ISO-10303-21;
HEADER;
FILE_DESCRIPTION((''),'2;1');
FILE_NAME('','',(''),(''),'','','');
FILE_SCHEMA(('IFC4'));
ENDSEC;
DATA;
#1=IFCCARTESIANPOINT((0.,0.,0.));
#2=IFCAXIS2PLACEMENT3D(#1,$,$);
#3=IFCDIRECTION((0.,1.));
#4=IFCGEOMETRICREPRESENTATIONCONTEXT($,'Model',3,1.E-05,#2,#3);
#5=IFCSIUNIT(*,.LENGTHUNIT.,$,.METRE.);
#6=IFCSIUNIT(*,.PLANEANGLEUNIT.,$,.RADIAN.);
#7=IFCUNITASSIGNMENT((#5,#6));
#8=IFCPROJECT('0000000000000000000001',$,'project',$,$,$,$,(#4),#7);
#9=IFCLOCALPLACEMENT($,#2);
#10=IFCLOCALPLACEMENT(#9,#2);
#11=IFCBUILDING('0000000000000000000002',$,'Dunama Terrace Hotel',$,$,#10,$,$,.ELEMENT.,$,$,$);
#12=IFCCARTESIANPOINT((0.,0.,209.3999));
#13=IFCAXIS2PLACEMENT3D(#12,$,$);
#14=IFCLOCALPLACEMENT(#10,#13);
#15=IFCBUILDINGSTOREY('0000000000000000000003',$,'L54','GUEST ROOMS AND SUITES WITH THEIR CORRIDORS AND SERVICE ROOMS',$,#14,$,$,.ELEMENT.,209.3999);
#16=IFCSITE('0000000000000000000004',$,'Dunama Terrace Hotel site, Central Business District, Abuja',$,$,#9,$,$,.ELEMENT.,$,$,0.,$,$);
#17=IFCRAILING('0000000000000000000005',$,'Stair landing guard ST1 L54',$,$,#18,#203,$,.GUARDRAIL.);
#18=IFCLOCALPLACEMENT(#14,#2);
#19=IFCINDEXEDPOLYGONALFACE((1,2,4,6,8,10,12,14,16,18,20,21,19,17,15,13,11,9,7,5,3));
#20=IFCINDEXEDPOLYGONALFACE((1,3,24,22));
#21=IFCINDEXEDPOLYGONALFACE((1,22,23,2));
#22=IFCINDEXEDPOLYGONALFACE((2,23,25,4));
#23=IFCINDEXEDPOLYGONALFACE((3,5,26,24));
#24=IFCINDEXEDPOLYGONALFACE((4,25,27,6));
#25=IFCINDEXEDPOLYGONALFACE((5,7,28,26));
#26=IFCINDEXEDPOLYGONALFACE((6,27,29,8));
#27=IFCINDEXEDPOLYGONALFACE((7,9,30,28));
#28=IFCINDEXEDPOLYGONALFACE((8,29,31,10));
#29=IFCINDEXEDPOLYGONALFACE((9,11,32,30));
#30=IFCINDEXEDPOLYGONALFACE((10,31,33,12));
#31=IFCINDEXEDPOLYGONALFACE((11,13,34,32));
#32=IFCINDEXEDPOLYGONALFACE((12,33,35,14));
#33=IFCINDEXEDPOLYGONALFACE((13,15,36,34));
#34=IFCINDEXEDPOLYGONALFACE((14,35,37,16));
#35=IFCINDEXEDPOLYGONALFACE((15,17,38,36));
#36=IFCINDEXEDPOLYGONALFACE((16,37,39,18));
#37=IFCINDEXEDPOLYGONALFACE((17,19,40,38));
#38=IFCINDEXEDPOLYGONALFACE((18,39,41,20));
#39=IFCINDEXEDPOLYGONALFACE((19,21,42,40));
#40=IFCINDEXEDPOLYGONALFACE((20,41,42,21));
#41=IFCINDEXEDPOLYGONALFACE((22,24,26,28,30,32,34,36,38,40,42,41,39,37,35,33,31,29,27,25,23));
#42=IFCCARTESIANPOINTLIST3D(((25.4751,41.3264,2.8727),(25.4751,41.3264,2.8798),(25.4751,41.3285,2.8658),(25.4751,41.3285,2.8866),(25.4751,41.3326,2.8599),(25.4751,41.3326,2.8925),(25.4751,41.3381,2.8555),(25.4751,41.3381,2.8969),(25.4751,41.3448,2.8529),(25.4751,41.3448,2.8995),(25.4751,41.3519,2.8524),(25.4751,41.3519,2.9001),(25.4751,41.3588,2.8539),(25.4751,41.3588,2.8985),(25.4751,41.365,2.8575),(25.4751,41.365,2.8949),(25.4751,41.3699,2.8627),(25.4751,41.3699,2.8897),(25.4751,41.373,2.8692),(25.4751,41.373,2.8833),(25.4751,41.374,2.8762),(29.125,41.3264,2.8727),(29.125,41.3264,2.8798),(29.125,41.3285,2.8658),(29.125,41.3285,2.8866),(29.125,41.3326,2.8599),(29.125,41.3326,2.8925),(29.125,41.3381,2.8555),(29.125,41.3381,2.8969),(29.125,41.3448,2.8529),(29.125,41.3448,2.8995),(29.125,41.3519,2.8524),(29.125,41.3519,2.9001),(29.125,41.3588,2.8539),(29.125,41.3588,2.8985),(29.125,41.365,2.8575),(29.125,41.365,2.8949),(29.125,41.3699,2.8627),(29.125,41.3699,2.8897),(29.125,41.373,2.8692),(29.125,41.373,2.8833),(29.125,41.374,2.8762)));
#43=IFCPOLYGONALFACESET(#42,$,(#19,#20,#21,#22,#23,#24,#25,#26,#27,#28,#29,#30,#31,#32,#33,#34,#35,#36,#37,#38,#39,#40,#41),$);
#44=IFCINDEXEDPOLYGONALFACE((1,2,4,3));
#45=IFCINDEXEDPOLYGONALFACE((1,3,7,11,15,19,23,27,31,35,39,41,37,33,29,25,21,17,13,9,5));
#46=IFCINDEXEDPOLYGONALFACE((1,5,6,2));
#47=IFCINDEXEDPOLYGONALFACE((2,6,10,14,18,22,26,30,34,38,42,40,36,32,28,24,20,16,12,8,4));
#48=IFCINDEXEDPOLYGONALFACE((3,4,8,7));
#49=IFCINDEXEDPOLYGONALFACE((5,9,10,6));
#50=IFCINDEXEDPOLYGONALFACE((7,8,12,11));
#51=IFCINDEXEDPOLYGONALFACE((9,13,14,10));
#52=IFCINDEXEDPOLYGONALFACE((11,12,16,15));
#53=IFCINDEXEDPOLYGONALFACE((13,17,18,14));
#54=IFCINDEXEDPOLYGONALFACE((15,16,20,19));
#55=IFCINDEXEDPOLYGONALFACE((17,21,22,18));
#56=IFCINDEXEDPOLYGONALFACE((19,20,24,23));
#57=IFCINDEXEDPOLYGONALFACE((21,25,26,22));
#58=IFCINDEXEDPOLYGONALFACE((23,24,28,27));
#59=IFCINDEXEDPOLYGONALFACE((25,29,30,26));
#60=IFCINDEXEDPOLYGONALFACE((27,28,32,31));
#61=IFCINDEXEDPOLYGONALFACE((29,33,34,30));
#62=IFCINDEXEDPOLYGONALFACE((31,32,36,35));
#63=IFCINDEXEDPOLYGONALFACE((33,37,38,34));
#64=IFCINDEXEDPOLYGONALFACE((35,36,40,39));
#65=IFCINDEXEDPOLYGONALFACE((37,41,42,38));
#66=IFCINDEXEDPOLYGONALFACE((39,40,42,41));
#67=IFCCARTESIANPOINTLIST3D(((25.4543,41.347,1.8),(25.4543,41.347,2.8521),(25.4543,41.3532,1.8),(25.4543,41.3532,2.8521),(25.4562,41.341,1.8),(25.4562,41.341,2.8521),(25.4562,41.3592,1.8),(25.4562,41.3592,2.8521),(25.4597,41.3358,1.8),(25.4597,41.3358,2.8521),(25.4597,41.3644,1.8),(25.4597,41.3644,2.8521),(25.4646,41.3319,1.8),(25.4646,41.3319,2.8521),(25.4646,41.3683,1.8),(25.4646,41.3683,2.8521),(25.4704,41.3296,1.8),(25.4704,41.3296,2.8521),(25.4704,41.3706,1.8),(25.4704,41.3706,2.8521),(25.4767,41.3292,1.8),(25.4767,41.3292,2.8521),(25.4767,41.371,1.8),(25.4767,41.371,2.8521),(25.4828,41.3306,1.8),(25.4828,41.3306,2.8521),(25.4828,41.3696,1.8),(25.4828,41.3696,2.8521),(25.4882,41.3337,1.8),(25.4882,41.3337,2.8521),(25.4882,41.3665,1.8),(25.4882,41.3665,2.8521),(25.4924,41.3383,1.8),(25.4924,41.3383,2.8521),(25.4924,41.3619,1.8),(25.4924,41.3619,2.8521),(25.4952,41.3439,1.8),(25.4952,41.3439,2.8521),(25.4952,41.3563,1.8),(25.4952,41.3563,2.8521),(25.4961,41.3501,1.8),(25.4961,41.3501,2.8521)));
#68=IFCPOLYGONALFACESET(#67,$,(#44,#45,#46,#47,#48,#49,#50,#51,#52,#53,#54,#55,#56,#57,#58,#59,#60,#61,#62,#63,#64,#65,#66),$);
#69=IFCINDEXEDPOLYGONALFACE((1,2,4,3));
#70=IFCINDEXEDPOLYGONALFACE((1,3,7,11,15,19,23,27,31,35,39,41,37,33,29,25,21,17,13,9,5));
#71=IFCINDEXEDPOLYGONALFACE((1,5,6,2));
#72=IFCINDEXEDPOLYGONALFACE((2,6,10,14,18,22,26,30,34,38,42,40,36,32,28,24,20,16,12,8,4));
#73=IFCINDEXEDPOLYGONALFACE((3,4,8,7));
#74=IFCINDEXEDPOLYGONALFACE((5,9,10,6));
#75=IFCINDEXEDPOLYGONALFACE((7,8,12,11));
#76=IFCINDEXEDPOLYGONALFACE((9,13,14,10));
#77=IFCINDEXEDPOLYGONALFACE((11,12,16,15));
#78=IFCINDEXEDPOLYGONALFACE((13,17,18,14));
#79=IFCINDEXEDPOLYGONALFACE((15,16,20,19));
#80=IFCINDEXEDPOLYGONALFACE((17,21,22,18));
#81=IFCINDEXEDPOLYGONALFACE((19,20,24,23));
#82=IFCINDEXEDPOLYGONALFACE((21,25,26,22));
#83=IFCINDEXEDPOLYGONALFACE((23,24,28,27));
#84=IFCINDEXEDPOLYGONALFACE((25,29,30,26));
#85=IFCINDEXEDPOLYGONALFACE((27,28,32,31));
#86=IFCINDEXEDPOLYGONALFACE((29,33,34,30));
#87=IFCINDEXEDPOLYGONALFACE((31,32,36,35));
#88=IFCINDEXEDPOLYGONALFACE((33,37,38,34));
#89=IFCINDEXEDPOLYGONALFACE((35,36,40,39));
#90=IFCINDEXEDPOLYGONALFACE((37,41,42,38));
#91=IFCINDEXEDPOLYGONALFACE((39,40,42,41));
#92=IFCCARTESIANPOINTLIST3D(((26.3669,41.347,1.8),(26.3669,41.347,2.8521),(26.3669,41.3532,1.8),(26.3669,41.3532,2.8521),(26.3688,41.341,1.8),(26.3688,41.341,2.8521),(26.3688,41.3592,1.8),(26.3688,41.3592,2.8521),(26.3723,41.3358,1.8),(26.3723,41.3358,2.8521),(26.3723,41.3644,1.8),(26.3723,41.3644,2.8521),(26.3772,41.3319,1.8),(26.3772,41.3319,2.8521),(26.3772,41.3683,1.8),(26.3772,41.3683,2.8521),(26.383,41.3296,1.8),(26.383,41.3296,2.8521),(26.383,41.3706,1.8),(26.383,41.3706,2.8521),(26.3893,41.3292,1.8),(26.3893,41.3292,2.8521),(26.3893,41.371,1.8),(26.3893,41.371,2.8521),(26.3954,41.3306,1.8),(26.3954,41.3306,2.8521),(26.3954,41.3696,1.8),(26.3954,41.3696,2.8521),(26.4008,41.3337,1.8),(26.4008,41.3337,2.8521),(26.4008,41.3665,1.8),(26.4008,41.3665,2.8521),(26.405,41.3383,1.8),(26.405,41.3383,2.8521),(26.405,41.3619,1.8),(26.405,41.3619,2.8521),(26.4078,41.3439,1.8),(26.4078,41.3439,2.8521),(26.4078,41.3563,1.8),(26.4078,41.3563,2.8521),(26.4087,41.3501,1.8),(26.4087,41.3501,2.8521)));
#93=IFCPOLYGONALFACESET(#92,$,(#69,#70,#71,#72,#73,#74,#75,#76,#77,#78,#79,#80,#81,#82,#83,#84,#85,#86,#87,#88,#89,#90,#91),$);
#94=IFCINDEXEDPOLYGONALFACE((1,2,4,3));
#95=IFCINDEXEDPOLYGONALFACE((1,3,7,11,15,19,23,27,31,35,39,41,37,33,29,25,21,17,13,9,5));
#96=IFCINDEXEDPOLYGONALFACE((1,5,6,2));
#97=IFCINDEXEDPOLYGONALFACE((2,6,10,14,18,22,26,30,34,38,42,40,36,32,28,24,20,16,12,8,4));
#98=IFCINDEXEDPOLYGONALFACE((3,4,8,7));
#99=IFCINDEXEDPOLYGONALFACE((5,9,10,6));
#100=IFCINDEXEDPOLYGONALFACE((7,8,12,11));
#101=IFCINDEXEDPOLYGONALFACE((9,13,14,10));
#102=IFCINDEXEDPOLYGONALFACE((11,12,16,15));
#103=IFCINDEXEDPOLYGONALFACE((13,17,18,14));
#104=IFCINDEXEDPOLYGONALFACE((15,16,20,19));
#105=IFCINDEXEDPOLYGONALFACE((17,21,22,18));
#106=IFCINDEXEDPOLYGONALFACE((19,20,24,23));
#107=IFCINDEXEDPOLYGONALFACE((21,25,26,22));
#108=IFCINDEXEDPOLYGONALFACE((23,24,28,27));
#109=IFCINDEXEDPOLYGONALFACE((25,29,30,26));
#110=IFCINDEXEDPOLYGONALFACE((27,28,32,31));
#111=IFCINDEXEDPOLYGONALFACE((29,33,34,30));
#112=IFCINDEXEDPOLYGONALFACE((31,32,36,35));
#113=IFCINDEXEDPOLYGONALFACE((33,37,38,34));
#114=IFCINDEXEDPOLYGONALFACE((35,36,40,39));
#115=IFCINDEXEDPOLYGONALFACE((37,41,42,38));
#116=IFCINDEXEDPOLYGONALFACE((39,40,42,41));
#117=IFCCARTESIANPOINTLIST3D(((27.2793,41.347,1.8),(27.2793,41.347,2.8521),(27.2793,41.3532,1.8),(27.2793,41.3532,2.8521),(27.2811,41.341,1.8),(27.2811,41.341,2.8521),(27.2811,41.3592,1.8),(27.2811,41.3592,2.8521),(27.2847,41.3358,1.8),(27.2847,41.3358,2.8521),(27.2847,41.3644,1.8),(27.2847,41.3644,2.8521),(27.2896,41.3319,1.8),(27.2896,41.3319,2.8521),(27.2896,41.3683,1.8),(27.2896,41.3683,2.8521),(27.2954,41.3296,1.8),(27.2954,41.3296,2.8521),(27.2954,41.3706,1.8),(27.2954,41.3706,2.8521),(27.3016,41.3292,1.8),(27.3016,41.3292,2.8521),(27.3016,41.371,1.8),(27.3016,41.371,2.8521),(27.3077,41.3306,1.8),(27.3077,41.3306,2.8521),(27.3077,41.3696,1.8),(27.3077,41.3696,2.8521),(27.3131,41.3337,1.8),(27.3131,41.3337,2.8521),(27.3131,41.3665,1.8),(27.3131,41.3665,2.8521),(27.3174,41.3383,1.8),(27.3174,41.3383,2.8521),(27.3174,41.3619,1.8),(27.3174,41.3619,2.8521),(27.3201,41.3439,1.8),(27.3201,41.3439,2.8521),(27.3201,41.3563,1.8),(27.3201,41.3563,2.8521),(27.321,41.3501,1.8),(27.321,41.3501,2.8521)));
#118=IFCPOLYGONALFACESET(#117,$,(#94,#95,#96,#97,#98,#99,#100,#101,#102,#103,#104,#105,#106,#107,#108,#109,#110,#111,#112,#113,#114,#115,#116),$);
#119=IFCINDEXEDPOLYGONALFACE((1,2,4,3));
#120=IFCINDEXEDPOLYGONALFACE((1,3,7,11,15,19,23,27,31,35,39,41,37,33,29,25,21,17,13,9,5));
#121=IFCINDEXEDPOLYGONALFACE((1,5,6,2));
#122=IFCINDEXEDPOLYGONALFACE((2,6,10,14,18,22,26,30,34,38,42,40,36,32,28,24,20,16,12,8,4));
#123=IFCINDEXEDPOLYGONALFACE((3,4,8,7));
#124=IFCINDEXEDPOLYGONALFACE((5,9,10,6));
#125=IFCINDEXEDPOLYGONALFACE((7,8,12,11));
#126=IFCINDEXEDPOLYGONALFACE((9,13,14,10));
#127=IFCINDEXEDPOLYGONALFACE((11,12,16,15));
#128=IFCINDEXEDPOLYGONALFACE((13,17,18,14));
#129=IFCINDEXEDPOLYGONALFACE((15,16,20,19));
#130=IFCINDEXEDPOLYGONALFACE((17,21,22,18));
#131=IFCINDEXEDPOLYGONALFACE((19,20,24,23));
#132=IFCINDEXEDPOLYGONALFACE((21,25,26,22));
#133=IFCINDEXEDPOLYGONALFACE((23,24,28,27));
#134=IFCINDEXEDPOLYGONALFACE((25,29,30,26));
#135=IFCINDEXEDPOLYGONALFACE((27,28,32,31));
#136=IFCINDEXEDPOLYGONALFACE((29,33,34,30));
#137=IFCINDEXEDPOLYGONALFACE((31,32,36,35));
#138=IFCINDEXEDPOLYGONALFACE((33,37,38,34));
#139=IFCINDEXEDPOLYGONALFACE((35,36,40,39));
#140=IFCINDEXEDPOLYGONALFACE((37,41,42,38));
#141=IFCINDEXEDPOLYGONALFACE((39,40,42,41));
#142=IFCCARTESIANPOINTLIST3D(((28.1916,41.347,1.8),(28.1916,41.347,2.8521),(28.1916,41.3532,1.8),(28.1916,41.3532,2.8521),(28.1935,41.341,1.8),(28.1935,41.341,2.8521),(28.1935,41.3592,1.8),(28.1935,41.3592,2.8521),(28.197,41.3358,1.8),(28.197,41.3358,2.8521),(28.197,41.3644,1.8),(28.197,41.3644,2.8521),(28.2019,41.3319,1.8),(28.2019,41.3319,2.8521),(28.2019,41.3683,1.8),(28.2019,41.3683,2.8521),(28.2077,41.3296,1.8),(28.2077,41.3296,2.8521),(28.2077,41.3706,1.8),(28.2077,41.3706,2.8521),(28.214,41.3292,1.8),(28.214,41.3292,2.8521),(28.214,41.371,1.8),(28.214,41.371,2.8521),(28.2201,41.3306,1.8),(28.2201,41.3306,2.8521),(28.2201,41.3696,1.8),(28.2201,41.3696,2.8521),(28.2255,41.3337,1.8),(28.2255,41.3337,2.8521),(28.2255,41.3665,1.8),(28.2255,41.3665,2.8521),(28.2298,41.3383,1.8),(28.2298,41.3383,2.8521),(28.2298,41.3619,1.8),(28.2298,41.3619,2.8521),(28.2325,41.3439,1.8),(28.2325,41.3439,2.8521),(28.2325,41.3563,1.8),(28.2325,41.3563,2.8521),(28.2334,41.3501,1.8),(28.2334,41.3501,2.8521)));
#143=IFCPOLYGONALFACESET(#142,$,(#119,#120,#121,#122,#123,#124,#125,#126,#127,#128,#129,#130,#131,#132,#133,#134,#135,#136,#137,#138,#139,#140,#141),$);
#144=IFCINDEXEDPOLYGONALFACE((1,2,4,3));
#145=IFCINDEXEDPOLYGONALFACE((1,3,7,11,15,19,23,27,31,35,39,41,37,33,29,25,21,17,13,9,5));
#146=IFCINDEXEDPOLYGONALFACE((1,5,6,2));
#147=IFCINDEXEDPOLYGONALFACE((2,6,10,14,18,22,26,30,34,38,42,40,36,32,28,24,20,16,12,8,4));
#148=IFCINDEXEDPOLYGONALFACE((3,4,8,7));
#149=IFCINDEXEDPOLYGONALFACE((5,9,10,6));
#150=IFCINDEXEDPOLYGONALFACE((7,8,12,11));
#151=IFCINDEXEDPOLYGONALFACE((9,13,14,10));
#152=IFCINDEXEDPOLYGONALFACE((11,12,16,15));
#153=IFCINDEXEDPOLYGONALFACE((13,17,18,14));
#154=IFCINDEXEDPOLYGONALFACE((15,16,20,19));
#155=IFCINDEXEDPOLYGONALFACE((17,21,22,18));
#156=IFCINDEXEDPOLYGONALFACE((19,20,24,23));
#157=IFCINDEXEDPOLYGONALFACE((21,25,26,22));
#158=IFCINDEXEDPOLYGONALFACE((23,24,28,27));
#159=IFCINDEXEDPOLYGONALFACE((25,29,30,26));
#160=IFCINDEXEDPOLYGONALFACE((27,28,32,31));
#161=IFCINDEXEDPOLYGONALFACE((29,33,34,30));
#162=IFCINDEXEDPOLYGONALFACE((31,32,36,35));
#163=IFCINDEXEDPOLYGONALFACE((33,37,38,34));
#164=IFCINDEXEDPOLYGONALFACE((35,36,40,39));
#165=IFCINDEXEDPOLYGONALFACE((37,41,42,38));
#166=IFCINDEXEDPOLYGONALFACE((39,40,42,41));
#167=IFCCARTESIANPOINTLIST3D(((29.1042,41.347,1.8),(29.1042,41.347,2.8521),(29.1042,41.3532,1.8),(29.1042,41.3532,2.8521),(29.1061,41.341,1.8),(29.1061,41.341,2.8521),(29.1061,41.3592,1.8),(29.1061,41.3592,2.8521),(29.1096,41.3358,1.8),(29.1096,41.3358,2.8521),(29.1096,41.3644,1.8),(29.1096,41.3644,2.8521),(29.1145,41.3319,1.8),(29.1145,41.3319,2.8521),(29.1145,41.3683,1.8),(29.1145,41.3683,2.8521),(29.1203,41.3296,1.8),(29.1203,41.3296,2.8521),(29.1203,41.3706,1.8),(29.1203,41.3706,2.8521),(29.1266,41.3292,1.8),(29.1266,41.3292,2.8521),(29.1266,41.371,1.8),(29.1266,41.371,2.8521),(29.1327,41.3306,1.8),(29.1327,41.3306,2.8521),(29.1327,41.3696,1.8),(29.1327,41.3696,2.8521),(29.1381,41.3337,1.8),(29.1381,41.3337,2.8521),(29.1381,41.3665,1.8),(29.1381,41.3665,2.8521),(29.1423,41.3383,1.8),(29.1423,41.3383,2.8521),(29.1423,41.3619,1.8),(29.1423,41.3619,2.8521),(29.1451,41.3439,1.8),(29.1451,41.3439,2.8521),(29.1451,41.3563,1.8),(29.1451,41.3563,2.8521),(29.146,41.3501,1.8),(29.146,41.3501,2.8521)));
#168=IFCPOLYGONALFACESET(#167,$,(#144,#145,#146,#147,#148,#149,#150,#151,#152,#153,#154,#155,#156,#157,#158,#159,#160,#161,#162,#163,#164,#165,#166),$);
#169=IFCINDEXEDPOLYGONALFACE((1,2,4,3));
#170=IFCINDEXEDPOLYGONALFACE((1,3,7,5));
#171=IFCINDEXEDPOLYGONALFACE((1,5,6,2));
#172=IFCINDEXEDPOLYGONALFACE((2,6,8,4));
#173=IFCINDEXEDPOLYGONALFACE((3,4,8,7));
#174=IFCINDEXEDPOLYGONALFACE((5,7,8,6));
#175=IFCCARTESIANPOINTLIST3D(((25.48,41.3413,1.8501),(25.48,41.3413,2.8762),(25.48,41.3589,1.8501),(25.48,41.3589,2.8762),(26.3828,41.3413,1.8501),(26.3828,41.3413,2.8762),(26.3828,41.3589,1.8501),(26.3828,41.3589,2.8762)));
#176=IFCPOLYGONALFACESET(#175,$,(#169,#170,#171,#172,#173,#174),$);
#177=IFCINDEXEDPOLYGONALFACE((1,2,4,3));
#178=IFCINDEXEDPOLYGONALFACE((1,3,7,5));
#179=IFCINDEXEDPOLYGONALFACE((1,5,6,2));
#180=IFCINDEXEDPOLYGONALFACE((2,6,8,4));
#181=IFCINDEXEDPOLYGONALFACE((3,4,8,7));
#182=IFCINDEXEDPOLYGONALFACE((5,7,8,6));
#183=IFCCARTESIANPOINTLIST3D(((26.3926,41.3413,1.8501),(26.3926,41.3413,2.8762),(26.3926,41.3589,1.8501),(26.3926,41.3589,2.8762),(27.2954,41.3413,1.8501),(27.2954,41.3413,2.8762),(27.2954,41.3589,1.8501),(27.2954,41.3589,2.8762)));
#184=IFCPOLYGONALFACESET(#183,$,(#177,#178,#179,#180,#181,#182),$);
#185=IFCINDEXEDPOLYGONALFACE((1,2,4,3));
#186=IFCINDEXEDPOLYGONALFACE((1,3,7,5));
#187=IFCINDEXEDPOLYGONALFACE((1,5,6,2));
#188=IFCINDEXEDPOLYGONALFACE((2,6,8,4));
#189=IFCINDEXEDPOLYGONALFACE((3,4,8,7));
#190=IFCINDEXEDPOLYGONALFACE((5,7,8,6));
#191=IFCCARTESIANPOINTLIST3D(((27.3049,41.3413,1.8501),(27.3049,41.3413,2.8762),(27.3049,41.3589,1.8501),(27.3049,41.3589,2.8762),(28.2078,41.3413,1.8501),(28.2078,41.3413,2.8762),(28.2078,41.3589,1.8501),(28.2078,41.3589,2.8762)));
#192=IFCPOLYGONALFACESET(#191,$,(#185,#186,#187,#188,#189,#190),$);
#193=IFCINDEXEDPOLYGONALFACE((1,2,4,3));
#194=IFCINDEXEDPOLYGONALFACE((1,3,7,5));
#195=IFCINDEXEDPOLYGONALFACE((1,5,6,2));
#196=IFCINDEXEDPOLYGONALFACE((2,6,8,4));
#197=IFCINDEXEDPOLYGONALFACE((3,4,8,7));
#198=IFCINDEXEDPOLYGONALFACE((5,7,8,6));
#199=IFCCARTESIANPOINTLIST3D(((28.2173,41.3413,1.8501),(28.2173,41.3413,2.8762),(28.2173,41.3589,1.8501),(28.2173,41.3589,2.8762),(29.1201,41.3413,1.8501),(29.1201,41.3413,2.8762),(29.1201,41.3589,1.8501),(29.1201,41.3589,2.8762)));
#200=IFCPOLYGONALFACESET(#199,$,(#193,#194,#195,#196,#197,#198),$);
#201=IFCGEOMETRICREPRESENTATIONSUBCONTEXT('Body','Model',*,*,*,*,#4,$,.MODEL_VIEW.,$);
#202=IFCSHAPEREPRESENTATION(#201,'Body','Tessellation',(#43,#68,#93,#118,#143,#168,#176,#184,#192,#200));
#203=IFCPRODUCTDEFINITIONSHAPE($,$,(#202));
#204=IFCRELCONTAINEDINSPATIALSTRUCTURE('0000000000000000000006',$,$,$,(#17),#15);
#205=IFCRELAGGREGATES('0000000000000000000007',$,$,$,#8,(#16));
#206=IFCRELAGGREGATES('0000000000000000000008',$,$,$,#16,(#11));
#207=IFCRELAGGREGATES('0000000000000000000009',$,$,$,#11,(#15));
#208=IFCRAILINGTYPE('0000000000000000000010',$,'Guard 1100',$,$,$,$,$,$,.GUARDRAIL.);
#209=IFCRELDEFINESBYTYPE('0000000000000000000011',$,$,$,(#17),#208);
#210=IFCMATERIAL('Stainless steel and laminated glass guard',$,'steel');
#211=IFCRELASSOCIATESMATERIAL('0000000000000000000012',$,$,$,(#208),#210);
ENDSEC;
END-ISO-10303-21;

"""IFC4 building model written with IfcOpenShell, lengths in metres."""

from ifc_helpers import new_model, si_unit, direction, frame, origin, origin_2d, place, context, subcontext, project, spatial, polyline, circle, outline, extrude, material, type_object, element, save


model = new_model("IFC4")

# Units and contexts
model_context = context("Model", 3, precision=1e-05, world=origin(), true_north=direction((0.0, 1.0)))
body_context = subcontext(model_context, "Body", "Model", "MODEL_VIEW")
ifc_project = project(units=[si_unit("LENGTHUNIT", "METRE"), si_unit("PLANEANGLEUNIT", "RADIAN")], contexts=[model_context])

# Site, building, storey
site_placement = place(None, origin())
site = spatial("IfcSite", under=ifc_project, at=site_placement, Name="Dunama Terrace Hotel site, Central Business District, Abuja", CompositionType="ELEMENT", RefElevation=0.0)
building_placement = place(site_placement, origin())
building = spatial("IfcBuilding", under=site, at=building_placement, Name="Dunama Terrace Hotel", CompositionType="ELEMENT")
storey_placement = place(building_placement, frame((0.0, 0.0, 209.3999)))
storey = spatial("IfcBuildingStorey", under=building, at=storey_placement, Name="L54", Description="GUEST ROOMS AND SUITES WITH THEIR CORRIDORS AND SERVICE ROOMS", CompositionType="ELEMENT", Elevation=209.3999)

# Railing
ifc_material_1 = material(Name="Stainless steel and laminated glass guard", Category="steel")
railing_type = type_object("IfcRailingType", Name="Guard 1100", PredefinedType="GUARDRAIL", material=ifc_material_1)
railing_placement = place(storey_placement, frame((25.4751, 41.3501, 1.8)))
element("IfcRailing", 1, at=railing_placement, inside=storey, type_object=railing_type, Name="Stair landing guard ST1 L54", PredefinedType="GUARDRAIL", context=body_context, shape_type="SweptSolid", body=[
    extrude(circle(Radius=0.0239, at=origin_2d()), frame((0.0, 0.0, 1.0762), z_axis=(1.0, 0.0, 0.0), x_axis=(0.0, 1.0, 0.0)), (0.0, 0.0, 1.0), 3.6499),
    extrude(circle(Radius=0.021, at=origin_2d()), origin(), (0.0, 0.0, 1.0), 1.052),
    extrude(circle(Radius=0.021, at=origin_2d()), frame((0.9126, 0.0, 0.0)), (0.0, 0.0, 1.0), 1.052),
    extrude(circle(Radius=0.021, at=origin_2d()), frame((1.825, 0.0, 0.0)), (0.0, 0.0, 1.0), 1.052),
    extrude(circle(Radius=0.021, at=origin_2d()), frame((2.7373, 0.0, 0.0)), (0.0, 0.0, 1.0), 1.052),
    extrude(circle(Radius=0.021, at=origin_2d()), frame((3.6499, 0.0, 0.0)), (0.0, 0.0, 1.0), 1.052),
    extrude(outline(polyline([(0.0049, 0.05), (0.9077, 0.05), (0.9077, 1.0762), (0.0049, 1.0762), (0.0049, 0.05)])), frame((0.0, 0.0088, 0.0), z_axis=(0.0, -1.0, 0.0), x_axis=(1.0, 0.0, 0.0)), (0.0, 0.0, 1.0), 0.0176),
    extrude(outline(polyline([(0.0049, 0.05), (0.9077, 0.05), (0.9077, 1.0762), (0.0049, 1.0762), (0.0049, 0.05)])), frame((0.9126, 0.0088, 0.0), z_axis=(0.0, -1.0, 0.0), x_axis=(1.0, 0.0, 0.0)), (0.0, 0.0, 1.0), 0.0176),
    extrude(outline(polyline([(0.0049, 0.05), (0.9077, 0.05), (0.9077, 1.0762), (0.0049, 1.0762), (0.0049, 0.05)])), frame((1.825, 0.0088, 0.0), z_axis=(0.0, -1.0, 0.0), x_axis=(1.0, 0.0, 0.0)), (0.0, 0.0, 1.0), 0.0176),
    extrude(outline(polyline([(0.0049, 0.05), (0.9077, 0.05), (0.9077, 1.0762), (0.0049, 1.0762), (0.0049, 0.05)])), frame((2.7373, 0.0088, 0.0), z_axis=(0.0, -1.0, 0.0), x_axis=(1.0, 0.0, 0.0)), (0.0, 0.0, 1.0), 0.0176),
])

save(model, "model.ifc")
